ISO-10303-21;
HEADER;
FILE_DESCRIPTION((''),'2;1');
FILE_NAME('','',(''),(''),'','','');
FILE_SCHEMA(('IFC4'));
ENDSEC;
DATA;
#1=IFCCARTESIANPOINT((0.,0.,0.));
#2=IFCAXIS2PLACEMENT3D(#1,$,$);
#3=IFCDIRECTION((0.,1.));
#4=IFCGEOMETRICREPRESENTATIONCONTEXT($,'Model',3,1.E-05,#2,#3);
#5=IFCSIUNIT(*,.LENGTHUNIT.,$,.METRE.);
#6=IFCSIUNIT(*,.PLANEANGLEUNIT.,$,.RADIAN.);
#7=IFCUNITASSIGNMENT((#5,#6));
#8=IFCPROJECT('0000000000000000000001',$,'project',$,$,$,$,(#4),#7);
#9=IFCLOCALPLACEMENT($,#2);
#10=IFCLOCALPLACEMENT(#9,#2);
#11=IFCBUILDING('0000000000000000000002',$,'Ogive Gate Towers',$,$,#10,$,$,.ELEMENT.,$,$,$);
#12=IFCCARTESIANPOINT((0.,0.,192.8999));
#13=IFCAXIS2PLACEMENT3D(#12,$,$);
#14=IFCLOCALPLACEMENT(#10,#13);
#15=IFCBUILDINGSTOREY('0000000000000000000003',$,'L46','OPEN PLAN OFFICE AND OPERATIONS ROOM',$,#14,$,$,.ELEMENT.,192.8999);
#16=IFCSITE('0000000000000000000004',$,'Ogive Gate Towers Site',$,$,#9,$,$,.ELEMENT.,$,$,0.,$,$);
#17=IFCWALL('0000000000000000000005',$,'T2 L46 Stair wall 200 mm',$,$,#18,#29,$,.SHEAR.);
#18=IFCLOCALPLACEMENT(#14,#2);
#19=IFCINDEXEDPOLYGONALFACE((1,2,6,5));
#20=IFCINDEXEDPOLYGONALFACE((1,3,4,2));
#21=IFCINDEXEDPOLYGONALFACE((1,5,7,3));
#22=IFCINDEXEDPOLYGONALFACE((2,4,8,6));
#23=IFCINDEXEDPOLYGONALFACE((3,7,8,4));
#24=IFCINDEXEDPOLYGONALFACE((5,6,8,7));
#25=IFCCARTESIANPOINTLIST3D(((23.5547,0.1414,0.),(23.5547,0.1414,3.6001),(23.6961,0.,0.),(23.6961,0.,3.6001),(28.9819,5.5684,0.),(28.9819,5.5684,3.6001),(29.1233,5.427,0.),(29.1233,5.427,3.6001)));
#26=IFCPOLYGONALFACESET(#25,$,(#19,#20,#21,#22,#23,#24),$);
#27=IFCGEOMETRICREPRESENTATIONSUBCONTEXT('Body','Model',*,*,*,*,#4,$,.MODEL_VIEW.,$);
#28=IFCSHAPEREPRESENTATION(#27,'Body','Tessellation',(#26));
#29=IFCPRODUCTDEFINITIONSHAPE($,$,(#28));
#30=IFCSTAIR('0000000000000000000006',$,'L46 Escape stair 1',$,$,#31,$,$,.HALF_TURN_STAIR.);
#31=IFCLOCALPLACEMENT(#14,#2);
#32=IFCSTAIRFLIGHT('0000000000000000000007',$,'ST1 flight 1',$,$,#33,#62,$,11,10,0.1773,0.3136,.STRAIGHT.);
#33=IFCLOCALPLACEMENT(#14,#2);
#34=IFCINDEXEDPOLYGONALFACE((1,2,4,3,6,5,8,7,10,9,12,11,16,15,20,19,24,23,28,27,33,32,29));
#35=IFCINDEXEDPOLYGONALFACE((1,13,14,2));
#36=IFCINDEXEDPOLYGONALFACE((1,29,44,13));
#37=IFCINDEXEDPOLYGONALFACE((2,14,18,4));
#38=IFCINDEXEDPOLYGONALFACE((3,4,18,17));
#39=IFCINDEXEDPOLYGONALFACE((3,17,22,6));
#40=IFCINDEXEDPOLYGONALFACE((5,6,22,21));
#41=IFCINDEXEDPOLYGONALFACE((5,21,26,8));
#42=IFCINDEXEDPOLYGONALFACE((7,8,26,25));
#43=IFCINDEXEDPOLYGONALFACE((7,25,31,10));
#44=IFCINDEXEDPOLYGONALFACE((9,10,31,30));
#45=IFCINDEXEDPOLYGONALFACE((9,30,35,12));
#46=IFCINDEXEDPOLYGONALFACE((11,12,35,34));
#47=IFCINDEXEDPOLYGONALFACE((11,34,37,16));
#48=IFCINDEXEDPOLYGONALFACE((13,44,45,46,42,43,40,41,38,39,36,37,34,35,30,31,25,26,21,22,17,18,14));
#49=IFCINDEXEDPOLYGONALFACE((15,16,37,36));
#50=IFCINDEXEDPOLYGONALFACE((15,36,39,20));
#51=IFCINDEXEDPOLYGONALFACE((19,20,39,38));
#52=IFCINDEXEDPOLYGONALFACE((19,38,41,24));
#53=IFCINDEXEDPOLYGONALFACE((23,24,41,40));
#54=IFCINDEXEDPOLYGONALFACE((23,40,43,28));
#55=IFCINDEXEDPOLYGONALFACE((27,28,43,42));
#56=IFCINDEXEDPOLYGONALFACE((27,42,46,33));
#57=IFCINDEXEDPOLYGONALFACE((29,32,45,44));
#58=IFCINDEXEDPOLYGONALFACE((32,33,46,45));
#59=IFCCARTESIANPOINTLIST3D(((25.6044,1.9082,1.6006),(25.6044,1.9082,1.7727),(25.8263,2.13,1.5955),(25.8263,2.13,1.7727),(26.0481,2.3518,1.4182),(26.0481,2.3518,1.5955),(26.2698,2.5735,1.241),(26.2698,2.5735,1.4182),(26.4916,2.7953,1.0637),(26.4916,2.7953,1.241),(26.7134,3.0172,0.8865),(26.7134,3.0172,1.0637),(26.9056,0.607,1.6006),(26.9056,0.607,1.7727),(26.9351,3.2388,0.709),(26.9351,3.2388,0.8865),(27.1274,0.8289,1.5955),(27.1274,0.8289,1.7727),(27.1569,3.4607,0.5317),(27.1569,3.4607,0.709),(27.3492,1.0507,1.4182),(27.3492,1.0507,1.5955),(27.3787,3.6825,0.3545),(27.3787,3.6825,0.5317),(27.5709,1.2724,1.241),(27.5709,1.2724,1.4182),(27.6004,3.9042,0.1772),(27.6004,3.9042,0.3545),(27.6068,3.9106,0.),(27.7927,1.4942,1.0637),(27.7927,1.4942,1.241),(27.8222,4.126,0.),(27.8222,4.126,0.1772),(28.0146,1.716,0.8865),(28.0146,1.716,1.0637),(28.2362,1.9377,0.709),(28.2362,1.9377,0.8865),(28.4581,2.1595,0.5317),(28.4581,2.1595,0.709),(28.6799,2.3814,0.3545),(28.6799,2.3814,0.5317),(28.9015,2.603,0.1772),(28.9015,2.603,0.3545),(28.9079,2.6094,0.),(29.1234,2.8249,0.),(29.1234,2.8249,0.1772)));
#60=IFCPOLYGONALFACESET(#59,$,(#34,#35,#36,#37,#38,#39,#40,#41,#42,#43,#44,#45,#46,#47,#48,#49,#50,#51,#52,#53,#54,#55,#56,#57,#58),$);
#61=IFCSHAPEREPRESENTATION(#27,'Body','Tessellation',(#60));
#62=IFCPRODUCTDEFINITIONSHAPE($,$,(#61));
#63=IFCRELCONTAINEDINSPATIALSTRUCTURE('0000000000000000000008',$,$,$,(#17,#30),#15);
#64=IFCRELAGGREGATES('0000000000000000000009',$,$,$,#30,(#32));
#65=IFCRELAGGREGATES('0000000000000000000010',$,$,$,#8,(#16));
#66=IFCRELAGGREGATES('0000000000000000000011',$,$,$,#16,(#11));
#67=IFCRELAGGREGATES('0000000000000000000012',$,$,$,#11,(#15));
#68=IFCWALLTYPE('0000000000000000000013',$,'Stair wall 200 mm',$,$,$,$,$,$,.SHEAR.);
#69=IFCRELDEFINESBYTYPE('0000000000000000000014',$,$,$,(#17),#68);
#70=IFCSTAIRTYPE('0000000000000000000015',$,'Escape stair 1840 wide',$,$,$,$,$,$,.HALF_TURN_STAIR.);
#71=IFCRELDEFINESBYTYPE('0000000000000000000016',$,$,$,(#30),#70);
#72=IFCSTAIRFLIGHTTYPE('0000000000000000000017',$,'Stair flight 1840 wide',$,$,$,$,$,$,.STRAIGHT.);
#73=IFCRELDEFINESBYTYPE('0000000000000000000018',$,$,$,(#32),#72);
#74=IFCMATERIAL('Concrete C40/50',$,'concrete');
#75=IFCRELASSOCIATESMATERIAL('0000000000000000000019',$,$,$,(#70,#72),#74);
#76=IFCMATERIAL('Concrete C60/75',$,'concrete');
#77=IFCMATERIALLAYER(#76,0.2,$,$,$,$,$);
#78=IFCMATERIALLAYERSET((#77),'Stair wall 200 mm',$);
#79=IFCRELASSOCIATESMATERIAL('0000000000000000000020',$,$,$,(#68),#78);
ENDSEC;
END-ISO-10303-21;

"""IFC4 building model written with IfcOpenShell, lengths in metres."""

from ifc_helpers import new_model, si_unit, direction, frame, frame_2d, origin, place, context, subcontext, project, spatial, polyline, rectangle, outline, extrude, material, layer, layer_set, type_object, element, aggregate, save


model = new_model("IFC4")

# Units and contexts
model_context = context("Model", 3, precision=1e-05, world=origin(), true_north=direction((0.0, 1.0)))
body_context = subcontext(model_context, "Body", "Model", "MODEL_VIEW")
ifc_project = project(units=[si_unit("LENGTHUNIT", "METRE"), si_unit("PLANEANGLEUNIT", "RADIAN")], contexts=[model_context])

# Site, building, storey
site_placement = place(None, origin())
site = spatial("IfcSite", under=ifc_project, at=site_placement, Name="Ogive Gate Towers Site", CompositionType="ELEMENT", RefElevation=0.0)
building_placement = place(site_placement, origin())
building = spatial("IfcBuilding", under=site, at=building_placement, Name="Ogive Gate Towers", CompositionType="ELEMENT")
storey_placement = place(building_placement, frame((0.0, 0.0, 192.8999)))
storey = spatial("IfcBuildingStorey", under=building, at=storey_placement, Name="L46", Description="OPEN PLAN OFFICE AND OPERATIONS ROOM", CompositionType="ELEMENT", Elevation=192.8999)

# Shared definitions
ifc_material_1 = material(Name="Concrete C40/50", Category="concrete")

# Shared definitions
stair_type = type_object("IfcStairType", Name="Escape stair 1840 wide", PredefinedType="HALF_TURN_STAIR", material=ifc_material_1)

# Shared definitions
ifc_material_2 = material(Name="Concrete C60/75", Category="concrete")

# Wall
ifc_layer_1 = layer(ifc_material_2, 0.2)
ifc_layer_set_1 = layer_set([ifc_layer_1], Name="Stair wall 200 mm")
wall_type_1 = type_object("IfcWallType", Name="Stair wall 200 mm", PredefinedType="SHEAR", material=ifc_layer_set_1)
wall_1_placement = place(storey_placement, frame((23.6255, 0.0708, 0.0), z_axis=(0.0, 0.0, 1.0), x_axis=(0.707123, 0.707091, 0.0)))
element("IfcWall", 1, at=wall_1_placement, inside=storey, type_object=wall_type_1, Name="T2 L46 Stair wall 200 mm", PredefinedType="SHEAR", context=body_context, shape_type="SweptSolid", body=[
    extrude(rectangle(XDim=7.675, YDim=0.2, at=frame_2d((3.8374, 0.0))), origin(), (0.0, 0.0, 1.0), 3.6001),
])

# Stair, stair flight
stair_1_placement = place(storey_placement, origin())
stair_1 = element("IfcStair", 2, at=stair_1_placement, inside=storey, type_object=stair_type, Name="L46 Escape stair 1", PredefinedType="HALF_TURN_STAIR")
stair_flight_type = type_object("IfcStairFlightType", Name="Stair flight 1840 wide", PredefinedType="STRAIGHT", material=ifc_material_1)
stair_flight_placement = place(storey_placement, frame((28.4729, 3.4753, 0.0), z_axis=(0.0, 0.0, 1.0), x_axis=(-0.707107, -0.707107, 0.0)))
stair_flight = element("IfcStairFlight", 3, at=stair_flight_placement, type_object=stair_flight_type, Name="ST1 flight 1", NumberOfRisers=11, NumberOfTreads=10, PredefinedType="STRAIGHT", RiserHeight=0.1773, TreadLength=0.3136, context=body_context, shape_type="SweptSolid", body=[
    extrude(outline(polyline([(0.0, 0.0), (0.0, 0.1772), (0.3137, 0.1772), (0.3137, 0.3545), (0.6272, 0.3545), (0.6272, 0.5317), (0.9409, 0.5317), (0.9409, 0.709), (1.2546, 0.709), (1.2546, 0.8865), (1.5681, 0.8865), (1.5681, 1.0637), (1.8818, 1.0637), (1.8818, 1.241), (2.1956, 1.241), (2.1956, 1.4182), (2.509, 1.4182), (2.509, 1.5955), (2.8228, 1.5955), (2.8228, 1.7727), (3.1365, 1.7727), (3.1365, 1.95), (3.1365, 1.6006), (0.3047, 0.0), (0.0, 0.0)])), frame((0.0, 0.9199, 0.0), z_axis=(0.0, -1.0, 0.0), x_axis=(1.0, 0.0, 0.0)), (0.0, 0.0, 1.0), 1.8401),
])
aggregate(stair_1, [stair_flight])

save(model, "model.ifc")
